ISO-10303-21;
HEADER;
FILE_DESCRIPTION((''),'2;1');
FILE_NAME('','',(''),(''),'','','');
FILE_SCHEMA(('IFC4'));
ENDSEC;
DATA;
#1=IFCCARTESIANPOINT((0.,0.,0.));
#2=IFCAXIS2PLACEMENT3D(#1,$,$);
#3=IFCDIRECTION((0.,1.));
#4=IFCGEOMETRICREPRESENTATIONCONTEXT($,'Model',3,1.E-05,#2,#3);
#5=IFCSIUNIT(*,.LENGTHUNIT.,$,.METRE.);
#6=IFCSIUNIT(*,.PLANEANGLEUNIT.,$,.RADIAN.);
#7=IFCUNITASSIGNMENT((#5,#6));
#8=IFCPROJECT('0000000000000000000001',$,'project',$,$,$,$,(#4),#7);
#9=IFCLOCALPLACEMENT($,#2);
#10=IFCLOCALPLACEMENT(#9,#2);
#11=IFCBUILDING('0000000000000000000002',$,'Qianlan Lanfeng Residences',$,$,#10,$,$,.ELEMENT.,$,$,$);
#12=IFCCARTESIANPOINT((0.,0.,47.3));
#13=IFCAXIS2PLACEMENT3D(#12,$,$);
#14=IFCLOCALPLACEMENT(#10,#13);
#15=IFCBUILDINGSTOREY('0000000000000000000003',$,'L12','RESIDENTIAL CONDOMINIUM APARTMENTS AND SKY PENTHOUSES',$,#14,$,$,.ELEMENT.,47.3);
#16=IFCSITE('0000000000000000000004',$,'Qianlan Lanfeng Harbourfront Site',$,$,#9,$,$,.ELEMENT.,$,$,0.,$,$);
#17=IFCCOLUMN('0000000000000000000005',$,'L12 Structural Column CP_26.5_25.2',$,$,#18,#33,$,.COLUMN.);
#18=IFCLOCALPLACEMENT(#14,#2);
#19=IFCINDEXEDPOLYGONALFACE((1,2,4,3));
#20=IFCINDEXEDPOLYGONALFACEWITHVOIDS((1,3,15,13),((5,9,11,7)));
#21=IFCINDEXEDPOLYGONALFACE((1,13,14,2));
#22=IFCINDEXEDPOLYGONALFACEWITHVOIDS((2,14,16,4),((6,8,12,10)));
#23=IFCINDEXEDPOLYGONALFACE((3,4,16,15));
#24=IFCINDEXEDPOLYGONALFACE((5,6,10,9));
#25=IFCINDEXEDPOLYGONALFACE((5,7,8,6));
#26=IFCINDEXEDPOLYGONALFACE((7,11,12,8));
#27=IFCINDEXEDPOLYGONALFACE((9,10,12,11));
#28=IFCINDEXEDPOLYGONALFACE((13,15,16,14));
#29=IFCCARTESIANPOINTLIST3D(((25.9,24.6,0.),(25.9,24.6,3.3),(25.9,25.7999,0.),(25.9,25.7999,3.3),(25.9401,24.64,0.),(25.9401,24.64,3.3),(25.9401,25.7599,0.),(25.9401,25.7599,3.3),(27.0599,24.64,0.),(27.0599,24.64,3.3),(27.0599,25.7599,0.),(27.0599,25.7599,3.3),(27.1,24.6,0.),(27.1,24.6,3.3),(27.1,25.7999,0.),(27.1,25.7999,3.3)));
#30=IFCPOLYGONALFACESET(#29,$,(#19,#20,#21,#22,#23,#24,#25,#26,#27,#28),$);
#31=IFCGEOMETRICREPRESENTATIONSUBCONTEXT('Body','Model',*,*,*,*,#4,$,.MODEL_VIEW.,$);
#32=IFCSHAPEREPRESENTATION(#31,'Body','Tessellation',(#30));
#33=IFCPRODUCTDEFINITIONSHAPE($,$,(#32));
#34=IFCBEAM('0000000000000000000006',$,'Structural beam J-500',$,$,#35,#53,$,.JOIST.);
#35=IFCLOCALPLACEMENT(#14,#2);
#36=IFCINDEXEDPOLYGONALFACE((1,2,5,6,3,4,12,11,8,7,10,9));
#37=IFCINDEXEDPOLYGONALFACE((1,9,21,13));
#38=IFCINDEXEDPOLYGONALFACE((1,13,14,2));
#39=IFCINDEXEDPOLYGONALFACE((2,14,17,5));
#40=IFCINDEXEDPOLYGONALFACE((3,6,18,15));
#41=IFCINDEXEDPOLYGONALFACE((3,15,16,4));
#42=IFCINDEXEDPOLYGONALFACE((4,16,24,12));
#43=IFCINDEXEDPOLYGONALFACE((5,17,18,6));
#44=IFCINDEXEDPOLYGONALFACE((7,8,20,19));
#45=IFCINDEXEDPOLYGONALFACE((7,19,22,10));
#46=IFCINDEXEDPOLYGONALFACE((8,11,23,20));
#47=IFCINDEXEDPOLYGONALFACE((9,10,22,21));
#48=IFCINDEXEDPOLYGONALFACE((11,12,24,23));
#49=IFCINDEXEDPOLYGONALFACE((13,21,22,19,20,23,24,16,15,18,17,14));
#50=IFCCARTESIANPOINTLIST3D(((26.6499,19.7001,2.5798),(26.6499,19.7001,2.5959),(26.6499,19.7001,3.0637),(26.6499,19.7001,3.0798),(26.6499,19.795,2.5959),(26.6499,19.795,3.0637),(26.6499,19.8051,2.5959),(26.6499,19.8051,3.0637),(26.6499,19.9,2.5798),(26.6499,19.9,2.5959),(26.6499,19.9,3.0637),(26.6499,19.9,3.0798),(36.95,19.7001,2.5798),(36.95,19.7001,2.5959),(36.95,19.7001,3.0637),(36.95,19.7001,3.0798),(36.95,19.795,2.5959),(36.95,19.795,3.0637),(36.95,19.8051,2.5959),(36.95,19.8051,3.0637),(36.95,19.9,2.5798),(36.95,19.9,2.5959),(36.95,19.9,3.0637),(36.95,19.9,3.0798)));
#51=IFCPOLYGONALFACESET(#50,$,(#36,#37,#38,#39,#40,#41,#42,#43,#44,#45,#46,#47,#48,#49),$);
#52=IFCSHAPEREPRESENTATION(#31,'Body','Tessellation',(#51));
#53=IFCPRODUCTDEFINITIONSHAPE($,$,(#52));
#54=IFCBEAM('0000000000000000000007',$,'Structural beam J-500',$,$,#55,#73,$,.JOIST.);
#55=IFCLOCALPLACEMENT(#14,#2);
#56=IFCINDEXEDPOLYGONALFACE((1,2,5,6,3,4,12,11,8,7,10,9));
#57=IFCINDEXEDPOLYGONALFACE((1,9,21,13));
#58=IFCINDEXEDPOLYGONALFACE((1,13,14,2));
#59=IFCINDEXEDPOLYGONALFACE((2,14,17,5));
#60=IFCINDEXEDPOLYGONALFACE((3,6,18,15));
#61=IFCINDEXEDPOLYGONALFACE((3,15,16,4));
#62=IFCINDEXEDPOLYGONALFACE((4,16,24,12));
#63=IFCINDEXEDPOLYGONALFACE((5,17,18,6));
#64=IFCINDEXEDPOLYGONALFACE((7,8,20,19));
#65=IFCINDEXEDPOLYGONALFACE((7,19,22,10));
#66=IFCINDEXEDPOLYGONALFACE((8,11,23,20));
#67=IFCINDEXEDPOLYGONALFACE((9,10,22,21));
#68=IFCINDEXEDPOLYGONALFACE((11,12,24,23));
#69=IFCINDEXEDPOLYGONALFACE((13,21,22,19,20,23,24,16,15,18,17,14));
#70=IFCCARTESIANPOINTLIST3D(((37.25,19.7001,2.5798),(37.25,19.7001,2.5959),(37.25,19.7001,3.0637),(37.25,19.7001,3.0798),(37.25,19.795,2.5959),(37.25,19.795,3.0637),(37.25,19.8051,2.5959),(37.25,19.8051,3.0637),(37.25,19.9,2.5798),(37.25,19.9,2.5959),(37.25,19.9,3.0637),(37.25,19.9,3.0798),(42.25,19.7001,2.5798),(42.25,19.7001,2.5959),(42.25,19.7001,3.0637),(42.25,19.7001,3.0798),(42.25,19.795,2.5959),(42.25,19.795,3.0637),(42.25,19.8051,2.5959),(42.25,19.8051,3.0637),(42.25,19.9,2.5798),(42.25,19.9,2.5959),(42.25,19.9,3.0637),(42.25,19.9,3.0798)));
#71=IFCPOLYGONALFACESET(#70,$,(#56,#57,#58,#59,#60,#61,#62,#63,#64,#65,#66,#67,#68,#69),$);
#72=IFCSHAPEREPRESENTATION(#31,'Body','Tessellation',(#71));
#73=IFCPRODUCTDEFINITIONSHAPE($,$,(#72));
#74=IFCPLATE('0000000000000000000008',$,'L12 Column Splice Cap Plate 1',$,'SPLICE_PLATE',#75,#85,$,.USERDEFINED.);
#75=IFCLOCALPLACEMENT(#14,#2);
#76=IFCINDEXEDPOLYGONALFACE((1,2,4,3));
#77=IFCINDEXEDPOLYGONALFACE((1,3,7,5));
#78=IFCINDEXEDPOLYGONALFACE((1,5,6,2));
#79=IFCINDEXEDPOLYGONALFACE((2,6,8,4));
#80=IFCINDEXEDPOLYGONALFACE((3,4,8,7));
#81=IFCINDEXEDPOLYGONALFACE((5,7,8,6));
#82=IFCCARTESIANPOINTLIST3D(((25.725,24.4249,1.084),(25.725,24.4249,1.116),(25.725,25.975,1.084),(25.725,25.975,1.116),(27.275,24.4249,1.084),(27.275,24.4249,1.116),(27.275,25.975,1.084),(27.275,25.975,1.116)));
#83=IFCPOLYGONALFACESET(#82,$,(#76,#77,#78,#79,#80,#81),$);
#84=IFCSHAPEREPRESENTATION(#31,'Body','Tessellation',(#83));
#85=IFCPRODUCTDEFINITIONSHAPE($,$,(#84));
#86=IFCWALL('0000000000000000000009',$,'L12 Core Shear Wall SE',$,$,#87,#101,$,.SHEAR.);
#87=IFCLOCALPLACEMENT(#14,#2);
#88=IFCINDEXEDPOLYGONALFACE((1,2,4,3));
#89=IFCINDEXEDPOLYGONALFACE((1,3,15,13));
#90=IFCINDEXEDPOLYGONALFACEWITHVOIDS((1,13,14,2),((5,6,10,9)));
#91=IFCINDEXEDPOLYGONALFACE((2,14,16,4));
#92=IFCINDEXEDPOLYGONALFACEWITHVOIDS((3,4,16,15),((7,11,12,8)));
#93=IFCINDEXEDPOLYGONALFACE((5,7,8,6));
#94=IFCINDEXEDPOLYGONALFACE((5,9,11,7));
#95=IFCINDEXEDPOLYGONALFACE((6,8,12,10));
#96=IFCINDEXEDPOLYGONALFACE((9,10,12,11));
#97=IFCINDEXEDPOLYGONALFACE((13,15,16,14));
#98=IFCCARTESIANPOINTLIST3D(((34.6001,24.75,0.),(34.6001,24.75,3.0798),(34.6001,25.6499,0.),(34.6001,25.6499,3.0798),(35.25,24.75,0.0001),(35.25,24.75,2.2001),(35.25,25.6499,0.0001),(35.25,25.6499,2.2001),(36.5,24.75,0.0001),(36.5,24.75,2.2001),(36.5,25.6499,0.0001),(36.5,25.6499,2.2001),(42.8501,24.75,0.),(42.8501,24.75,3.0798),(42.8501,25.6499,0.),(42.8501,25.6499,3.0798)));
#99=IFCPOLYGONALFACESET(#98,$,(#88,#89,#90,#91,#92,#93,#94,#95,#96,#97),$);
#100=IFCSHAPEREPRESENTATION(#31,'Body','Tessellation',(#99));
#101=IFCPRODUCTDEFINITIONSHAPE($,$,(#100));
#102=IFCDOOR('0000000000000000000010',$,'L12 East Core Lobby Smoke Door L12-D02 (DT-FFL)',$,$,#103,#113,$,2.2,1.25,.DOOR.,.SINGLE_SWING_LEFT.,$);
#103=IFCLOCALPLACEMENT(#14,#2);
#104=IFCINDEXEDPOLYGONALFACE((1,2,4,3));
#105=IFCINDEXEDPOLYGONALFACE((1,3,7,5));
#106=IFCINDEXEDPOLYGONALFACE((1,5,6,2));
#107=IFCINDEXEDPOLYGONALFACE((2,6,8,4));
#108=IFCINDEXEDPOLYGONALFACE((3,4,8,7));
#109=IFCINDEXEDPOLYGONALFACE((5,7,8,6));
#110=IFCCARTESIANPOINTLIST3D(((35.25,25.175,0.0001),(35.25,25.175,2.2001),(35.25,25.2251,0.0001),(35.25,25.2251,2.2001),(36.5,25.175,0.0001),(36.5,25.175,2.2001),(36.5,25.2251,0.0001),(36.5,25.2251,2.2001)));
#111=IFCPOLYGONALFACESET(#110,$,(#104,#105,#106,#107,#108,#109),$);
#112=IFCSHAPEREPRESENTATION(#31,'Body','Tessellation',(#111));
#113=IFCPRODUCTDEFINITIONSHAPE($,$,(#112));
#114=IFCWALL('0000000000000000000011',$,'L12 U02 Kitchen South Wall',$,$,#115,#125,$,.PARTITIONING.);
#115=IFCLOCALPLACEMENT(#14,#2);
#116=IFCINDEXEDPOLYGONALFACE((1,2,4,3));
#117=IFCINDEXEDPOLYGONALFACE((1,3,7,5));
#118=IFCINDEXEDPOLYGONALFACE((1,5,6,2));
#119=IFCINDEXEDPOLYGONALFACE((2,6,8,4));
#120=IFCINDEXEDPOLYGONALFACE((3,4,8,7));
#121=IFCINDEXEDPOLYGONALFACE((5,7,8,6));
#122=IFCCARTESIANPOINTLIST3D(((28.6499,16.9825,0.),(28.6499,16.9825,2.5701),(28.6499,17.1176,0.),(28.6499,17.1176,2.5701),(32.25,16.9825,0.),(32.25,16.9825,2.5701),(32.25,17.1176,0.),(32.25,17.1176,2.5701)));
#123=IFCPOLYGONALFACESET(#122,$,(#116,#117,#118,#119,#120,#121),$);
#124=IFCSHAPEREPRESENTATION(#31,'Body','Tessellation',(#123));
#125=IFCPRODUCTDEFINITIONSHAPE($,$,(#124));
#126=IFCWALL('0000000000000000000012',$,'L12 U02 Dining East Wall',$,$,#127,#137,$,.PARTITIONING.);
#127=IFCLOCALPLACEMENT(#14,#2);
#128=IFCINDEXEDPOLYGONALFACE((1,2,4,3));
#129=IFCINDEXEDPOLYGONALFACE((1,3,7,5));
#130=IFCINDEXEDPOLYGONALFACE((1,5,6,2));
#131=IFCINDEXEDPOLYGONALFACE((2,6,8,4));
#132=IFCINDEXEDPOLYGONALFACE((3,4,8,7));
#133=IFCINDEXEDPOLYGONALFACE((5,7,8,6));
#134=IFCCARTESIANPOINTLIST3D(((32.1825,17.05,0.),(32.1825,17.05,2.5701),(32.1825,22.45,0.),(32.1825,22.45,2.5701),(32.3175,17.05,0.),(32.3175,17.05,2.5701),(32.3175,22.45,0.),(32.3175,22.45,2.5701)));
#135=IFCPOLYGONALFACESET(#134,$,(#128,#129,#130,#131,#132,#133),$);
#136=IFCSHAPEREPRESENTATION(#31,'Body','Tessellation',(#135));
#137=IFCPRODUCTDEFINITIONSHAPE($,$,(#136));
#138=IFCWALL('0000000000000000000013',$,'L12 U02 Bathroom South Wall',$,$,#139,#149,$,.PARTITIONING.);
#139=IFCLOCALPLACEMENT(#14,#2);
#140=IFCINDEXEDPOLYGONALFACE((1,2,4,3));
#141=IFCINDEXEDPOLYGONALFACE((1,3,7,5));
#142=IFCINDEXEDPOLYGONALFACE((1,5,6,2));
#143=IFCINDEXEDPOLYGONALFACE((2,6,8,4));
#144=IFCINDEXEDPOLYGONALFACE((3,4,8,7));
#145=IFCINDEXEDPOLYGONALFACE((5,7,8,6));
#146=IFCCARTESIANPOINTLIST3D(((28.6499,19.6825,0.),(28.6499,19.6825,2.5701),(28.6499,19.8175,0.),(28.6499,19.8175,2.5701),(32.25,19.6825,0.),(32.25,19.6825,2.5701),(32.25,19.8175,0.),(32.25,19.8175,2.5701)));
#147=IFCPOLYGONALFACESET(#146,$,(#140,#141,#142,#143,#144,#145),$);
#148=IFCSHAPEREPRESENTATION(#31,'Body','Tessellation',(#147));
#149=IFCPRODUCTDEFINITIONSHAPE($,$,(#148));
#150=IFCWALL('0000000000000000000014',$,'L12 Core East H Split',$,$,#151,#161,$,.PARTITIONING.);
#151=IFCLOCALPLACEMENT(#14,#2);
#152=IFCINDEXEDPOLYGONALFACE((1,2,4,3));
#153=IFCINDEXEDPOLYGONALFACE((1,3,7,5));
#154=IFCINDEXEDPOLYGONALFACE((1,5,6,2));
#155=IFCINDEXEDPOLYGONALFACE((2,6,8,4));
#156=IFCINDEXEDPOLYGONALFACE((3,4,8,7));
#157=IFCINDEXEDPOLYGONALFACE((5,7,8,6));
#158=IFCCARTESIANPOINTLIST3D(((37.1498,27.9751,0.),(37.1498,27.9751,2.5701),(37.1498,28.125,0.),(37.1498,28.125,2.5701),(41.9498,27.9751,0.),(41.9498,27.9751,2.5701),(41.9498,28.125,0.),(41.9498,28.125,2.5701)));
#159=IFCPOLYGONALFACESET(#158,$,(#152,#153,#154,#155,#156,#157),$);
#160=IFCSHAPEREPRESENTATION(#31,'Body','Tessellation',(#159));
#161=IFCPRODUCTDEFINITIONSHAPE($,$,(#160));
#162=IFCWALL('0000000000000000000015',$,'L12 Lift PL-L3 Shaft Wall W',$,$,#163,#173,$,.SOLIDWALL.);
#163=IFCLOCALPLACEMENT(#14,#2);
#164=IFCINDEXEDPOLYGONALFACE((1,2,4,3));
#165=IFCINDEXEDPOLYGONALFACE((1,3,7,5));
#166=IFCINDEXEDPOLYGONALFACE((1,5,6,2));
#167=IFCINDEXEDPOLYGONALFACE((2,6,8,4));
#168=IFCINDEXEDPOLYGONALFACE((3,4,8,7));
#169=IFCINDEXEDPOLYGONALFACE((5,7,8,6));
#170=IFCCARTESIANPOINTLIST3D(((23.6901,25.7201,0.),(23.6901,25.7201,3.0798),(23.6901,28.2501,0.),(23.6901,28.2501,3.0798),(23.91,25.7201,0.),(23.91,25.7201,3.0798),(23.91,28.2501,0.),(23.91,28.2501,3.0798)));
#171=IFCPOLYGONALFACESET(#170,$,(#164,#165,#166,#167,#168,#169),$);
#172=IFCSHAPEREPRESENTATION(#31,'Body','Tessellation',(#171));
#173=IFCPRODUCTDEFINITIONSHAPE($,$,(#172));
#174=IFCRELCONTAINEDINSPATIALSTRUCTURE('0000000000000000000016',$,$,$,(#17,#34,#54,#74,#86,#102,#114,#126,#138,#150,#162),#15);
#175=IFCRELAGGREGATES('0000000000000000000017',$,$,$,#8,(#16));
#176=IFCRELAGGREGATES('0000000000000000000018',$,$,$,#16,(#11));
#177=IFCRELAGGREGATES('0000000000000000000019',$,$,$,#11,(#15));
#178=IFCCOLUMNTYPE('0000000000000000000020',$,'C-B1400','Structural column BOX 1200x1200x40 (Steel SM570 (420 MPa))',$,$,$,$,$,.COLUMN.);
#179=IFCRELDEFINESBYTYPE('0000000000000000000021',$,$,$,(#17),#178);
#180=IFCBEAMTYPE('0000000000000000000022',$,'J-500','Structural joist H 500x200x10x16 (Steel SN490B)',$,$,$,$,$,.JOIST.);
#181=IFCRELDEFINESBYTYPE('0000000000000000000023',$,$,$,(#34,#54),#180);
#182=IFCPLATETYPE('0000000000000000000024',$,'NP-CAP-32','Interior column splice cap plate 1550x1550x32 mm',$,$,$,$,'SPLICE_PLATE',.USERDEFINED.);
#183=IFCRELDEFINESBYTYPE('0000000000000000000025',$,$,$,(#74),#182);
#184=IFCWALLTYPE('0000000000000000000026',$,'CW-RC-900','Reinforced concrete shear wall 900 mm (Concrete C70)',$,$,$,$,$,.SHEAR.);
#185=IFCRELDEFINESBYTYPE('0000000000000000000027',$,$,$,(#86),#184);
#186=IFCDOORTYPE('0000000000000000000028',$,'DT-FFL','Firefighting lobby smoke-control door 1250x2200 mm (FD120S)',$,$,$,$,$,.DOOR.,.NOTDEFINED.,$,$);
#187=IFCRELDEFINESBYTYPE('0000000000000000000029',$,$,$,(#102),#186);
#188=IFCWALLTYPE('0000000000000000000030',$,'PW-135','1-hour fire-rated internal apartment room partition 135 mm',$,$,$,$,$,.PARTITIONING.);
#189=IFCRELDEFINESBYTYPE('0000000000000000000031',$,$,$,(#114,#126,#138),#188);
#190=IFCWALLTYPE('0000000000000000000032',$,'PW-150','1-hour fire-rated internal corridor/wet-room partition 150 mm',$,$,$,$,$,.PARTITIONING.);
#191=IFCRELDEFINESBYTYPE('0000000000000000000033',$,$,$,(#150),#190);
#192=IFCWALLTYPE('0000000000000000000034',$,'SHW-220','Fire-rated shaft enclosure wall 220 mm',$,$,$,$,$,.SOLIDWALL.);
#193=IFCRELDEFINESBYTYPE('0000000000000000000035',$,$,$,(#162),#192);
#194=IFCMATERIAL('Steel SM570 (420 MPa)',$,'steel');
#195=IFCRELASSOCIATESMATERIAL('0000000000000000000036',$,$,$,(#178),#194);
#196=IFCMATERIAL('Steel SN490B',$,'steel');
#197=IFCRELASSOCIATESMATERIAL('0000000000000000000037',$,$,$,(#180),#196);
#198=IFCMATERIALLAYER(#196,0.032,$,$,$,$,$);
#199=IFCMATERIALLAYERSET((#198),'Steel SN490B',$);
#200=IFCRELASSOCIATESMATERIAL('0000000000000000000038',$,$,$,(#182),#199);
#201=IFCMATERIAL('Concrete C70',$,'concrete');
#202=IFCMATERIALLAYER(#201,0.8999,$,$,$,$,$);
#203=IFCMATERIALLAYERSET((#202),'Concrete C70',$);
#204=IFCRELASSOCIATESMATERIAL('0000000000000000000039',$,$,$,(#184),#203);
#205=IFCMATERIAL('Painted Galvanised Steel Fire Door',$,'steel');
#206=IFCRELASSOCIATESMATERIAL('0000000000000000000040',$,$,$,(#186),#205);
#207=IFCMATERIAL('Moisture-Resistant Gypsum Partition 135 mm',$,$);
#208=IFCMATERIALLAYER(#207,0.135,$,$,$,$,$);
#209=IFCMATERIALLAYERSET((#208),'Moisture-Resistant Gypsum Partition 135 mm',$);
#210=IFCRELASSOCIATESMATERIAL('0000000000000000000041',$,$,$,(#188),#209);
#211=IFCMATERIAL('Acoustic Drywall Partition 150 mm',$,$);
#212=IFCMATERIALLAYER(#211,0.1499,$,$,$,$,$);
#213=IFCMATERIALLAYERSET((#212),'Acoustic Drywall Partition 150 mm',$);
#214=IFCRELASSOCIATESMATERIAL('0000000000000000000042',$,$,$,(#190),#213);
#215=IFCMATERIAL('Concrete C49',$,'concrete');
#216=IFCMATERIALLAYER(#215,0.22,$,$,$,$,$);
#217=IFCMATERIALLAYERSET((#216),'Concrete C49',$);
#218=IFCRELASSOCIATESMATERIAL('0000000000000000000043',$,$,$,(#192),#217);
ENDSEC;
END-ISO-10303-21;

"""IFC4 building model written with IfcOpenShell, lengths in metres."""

from ifc_helpers import new_model, si_unit, direction, frame, frame_2d, origin, origin_2d, place, context, subcontext, project, spatial, rectangle, hollow_rectangle, i_section, extrude, source, transform, mapped, material, layer, layer_set, material_profile, profile_set, type_object, element, fill, save


model = new_model("IFC4")

# Units and contexts
model_context = context("Model", 3, precision=1e-05, world=origin(), true_north=direction((0.0, 1.0)))
body_context = subcontext(model_context, "Body", "Model", "MODEL_VIEW")
ifc_project = project(units=[si_unit("LENGTHUNIT", "METRE"), si_unit("PLANEANGLEUNIT", "RADIAN")], contexts=[model_context])

# Site, building, storey
site_placement = place(None, origin())
site = spatial("IfcSite", under=ifc_project, at=site_placement, Name="Qianlan Lanfeng Harbourfront Site", CompositionType="ELEMENT", RefElevation=0.0)
building_placement = place(site_placement, origin())
building = spatial("IfcBuilding", under=site, at=building_placement, Name="Qianlan Lanfeng Residences", CompositionType="ELEMENT")
storey_placement = place(building_placement, frame((0.0, 0.0, 47.3)))
storey = spatial("IfcBuildingStorey", under=building, at=storey_placement, Name="L12", Description="RESIDENTIAL CONDOMINIUM APARTMENTS AND SKY PENTHOUSES", CompositionType="ELEMENT", Elevation=47.3)

# Column
ifc_material_1 = material(Name="Steel SM570 (420 MPa)", Category="steel")
ifc_material_profile_1 = material_profile(ifc_material_1, hollow_rectangle(XDim=1.2, YDim=1.2, WallThickness=0.04, at=origin_2d()), Name="BOX 1200x1200x40")
ifc_profile_set_1 = profile_set([ifc_material_profile_1], Name="Steel SM570 (420 MPa)")
column_type = type_object("IfcColumnType", Name="C-B1400", Description="Structural column BOX 1200x1200x40 (Steel SM570 (420 MPa))", PredefinedType="COLUMN", material=ifc_profile_set_1)
column_placement = place(storey_placement, frame((26.5, 25.2, 0.0), z_axis=(0.0, 0.0, 1.0), x_axis=(1.0, 0.0, 0.0)))
element("IfcColumn", 1, at=column_placement, inside=storey, type_object=column_type, Name="L12 Structural Column CP_26.5_25.2", PredefinedType="COLUMN", context=body_context, shape_type="SweptSolid", body=[
    extrude(hollow_rectangle(XDim=1.2, YDim=1.2, WallThickness=0.04, at=origin_2d()), origin(), (0.0, 0.0, 1.0), 3.3),
])

# Beams
ifc_material_2 = material(Name="Steel SN490B", Category="steel")
ifc_material_profile_2 = material_profile(ifc_material_2, i_section(OverallWidth=0.2, OverallDepth=0.5, WebThickness=0.01, FlangeThickness=0.0161, at=origin_2d()), Name="H 500x200x10x16")
ifc_profile_set_2 = profile_set([ifc_material_profile_2], Name="Steel SN490B")
beam_type = type_object("IfcBeamType", Name="J-500", Description="Structural joist H 500x200x10x16 (Steel SN490B)", PredefinedType="JOIST", material=ifc_profile_set_2)
beam_1_placement = place(storey_placement, frame((26.6499, 19.8, 2.8298), z_axis=(1.0, 0.0, 0.0), x_axis=(0.0, 1.0, 0.0)))
element("IfcBeam", 2, at=beam_1_placement, inside=storey, type_object=beam_type, Name="Structural beam J-500", PredefinedType="JOIST", context=body_context, shape_type="SweptSolid", body=[
    extrude(i_section(OverallWidth=0.2, OverallDepth=0.5, WebThickness=0.01, FlangeThickness=0.0161, at=origin_2d()), origin(), (0.0, 0.0, 1.0), 10.3),
])
beam_2_placement = place(storey_placement, frame((37.25, 19.8, 2.8298), z_axis=(1.0, 0.0, 0.0), x_axis=(0.0, 1.0, 0.0)))
element("IfcBeam", 3, at=beam_2_placement, inside=storey, type_object=beam_type, Name="Structural beam J-500", PredefinedType="JOIST", context=body_context, shape_type="SweptSolid", body=[
    extrude(i_section(OverallWidth=0.2, OverallDepth=0.5, WebThickness=0.01, FlangeThickness=0.0161, at=origin_2d()), origin(), (0.0, 0.0, 1.0), 5.0),
])

# Plate
ifc_layer_1 = layer(ifc_material_2, 0.032)
ifc_layer_set_1 = layer_set([ifc_layer_1], Name="Steel SN490B")
plate_type = type_object("IfcPlateType", Name="NP-CAP-32", Description="Interior column splice cap plate 1550x1550x32 mm", ElementType="SPLICE_PLATE", PredefinedType="USERDEFINED", material=ifc_layer_set_1)
shared_shape = source(origin(), body_context, "Body", "SweptSolid", [
    extrude(rectangle(XDim=1.55, YDim=1.55, at=origin_2d()), origin(), (0.0, 0.0, 1.0), 0.032),
])
plate_placement = place(storey_placement, frame((26.5, 25.2, 1.084), z_axis=(0.0, 0.0, 1.0), x_axis=(1.0, 0.0, 0.0)))
element("IfcPlate", 4, at=plate_placement, inside=storey, type_object=plate_type, Name="L12 Column Splice Cap Plate 1", ObjectType="SPLICE_PLATE", PredefinedType="USERDEFINED", context=body_context, shape_type="MappedRepresentation", body=[
    mapped(shared_shape, transform((0.0, 0.0, 0.0), scale=1.0)),
])

# Wall, opening, door
ifc_material_3 = material(Name="Concrete C70", Category="concrete")
ifc_layer_2 = layer(ifc_material_3, 0.8999)
ifc_layer_set_2 = layer_set([ifc_layer_2], Name="Concrete C70")
wall_type_1 = type_object("IfcWallType", Name="CW-RC-900", Description="Reinforced concrete shear wall 900 mm (Concrete C70)", PredefinedType="SHEAR", material=ifc_layer_set_2)
wall_1_placement = place(storey_placement, frame((34.6001, 25.2, 0.0), z_axis=(0.0, 0.0, 1.0), x_axis=(1.0, 0.0, 0.0)))
wall_1 = element("IfcWall", 5, at=wall_1_placement, inside=storey, type_object=wall_type_1, Name="L12 Core Shear Wall SE", PredefinedType="SHEAR", context=body_context, shape_type="SweptSolid", body=[
    extrude(rectangle(XDim=8.25, YDim=0.8999, at=frame_2d((4.125, 0.0))), origin(), (0.0, 0.0, 1.0), 3.0798),
])
opening_1_placement = place(wall_1_placement, frame((0.6499, 0.0, 0.0)))
opening_1 = element("IfcOpeningElement", 6, at=opening_1_placement, cuts=wall_1, PredefinedType="OPENING", context=body_context, shape_type="SweptSolid", body=[
    extrude(rectangle(XDim=1.25, YDim=2.2, at=frame_2d((0.625, 1.1001))), frame((0.0, 0.46, 0.0), z_axis=(0.0, -1.0, 0.0), x_axis=(1.0, 0.0, 0.0)), (0.0, 0.0, 1.0), 0.9199),
])
ifc_material_4 = material(Name="Painted Galvanised Steel Fire Door", Category="steel")
door_type_1 = type_object("IfcDoorType", Name="DT-FFL", Description="Firefighting lobby smoke-control door 1250x2200 mm (FD120S)", OperationType="NOTDEFINED", PredefinedType="DOOR", material=ifc_material_4)
door_1_placement = place(opening_1_placement, frame((1.25, 0.0, 0.0), z_axis=(0.0, 0.0, 1.0), x_axis=(-1.0, 0.0, 0.0)))
door_1 = element("IfcDoor", 7, at=door_1_placement, inside=storey, type_object=door_type_1, Name="L12 East Core Lobby Smoke Door L12-D02 (DT-FFL)", OperationType="SINGLE_SWING_LEFT", OverallHeight=2.2, OverallWidth=1.25, PredefinedType="DOOR", context=body_context, shape_type="SweptSolid", body=[
    extrude(rectangle(XDim=1.25, YDim=2.2, at=frame_2d((0.625, 1.1001))), frame((0.0, 0.0249, 0.0), z_axis=(0.0, -1.0, 0.0), x_axis=(1.0, 0.0, 0.0)), (0.0, 0.0, 1.0), 0.05),
])
fill(opening_1, door_1)

# Walls
ifc_material_5 = material(Name="Moisture-Resistant Gypsum Partition 135 mm")
ifc_layer_3 = layer(ifc_material_5, 0.135)
ifc_layer_set_3 = layer_set([ifc_layer_3], Name="Moisture-Resistant Gypsum Partition 135 mm")
wall_type_2 = type_object("IfcWallType", Name="PW-135", Description="1-hour fire-rated internal apartment room partition 135 mm", PredefinedType="PARTITIONING", material=ifc_layer_set_3)
wall_2_placement = place(storey_placement, frame((28.6499, 17.05, 0.0), z_axis=(0.0, 0.0, 1.0), x_axis=(1.0, 0.0, 0.0)))
element("IfcWall", 8, at=wall_2_placement, inside=storey, type_object=wall_type_2, Name="L12 U02 Kitchen South Wall", PredefinedType="PARTITIONING", context=body_context, shape_type="SweptSolid", body=[
    extrude(rectangle(XDim=3.6001, YDim=0.135, at=frame_2d((1.8, 0.0))), origin(), (0.0, 0.0, 1.0), 2.5701),
])
wall_3_placement = place(storey_placement, frame((32.25, 17.05, 0.0), z_axis=(0.0, 0.0, 1.0), x_axis=(0.0, 1.0, 0.0)))
element("IfcWall", 9, at=wall_3_placement, inside=storey, type_object=wall_type_2, Name="L12 U02 Dining East Wall", PredefinedType="PARTITIONING", context=body_context, shape_type="SweptSolid", body=[
    extrude(rectangle(XDim=5.3999, YDim=0.135, at=frame_2d((2.7, 0.0))), origin(), (0.0, 0.0, 1.0), 2.5701),
])
wall_4_placement = place(storey_placement, frame((28.6499, 19.75, 0.0), z_axis=(0.0, 0.0, 1.0), x_axis=(1.0, 0.0, 0.0)))
element("IfcWall", 10, at=wall_4_placement, inside=storey, type_object=wall_type_2, Name="L12 U02 Bathroom South Wall", PredefinedType="PARTITIONING", context=body_context, shape_type="SweptSolid", body=[
    extrude(rectangle(XDim=3.6001, YDim=0.135, at=frame_2d((1.8, 0.0))), origin(), (0.0, 0.0, 1.0), 2.5701),
])
ifc_material_6 = material(Name="Acoustic Drywall Partition 150 mm")
ifc_layer_4 = layer(ifc_material_6, 0.1499)
ifc_layer_set_4 = layer_set([ifc_layer_4], Name="Acoustic Drywall Partition 150 mm")
wall_type_3 = type_object("IfcWallType", Name="PW-150", Description="1-hour fire-rated internal corridor/wet-room partition 150 mm", PredefinedType="PARTITIONING", material=ifc_layer_set_4)
wall_5_placement = place(storey_placement, frame((37.1499, 28.05, 0.0), z_axis=(0.0, 0.0, 1.0), x_axis=(1.0, 0.0, 0.0)))
element("IfcWall", 11, at=wall_5_placement, inside=storey, type_object=wall_type_3, Name="L12 Core East H Split", PredefinedType="PARTITIONING", context=body_context, shape_type="SweptSolid", body=[
    extrude(rectangle(XDim=4.8, YDim=0.1499, at=frame_2d((2.3999, 0.0))), origin(), (0.0, 0.0, 1.0), 2.5701),
])

# Wall
ifc_material_7 = material(Name="Concrete C49", Category="concrete")
ifc_layer_5 = layer(ifc_material_7, 0.22)
ifc_layer_set_5 = layer_set([ifc_layer_5], Name="Concrete C49")
wall_type_4 = type_object("IfcWallType", Name="SHW-220", Description="Fire-rated shaft enclosure wall 220 mm", PredefinedType="SOLIDWALL", material=ifc_layer_set_5)
for number, where, z_axis, x_axis, name in (
    (12, (23.8, 25.72, 0.0), (0.0, 0.0, 1.0), (0.0, 1.0, 0.0), "L12 Lift PL-L3 Shaft Wall W"),
):
    element("IfcWall", number, at=place(storey_placement, frame(where, z_axis=z_axis, x_axis=x_axis)), inside=storey, type_object=wall_type_4, Name=name, PredefinedType="SOLIDWALL", context=body_context, shape_type="SweptSolid", body=[
        extrude(rectangle(XDim=2.53, YDim=0.22, at=frame_2d((1.2651, 0.0))), origin(), (0.0, 0.0, 1.0), 3.0798),
    ])

save(model, "model.ifc")
